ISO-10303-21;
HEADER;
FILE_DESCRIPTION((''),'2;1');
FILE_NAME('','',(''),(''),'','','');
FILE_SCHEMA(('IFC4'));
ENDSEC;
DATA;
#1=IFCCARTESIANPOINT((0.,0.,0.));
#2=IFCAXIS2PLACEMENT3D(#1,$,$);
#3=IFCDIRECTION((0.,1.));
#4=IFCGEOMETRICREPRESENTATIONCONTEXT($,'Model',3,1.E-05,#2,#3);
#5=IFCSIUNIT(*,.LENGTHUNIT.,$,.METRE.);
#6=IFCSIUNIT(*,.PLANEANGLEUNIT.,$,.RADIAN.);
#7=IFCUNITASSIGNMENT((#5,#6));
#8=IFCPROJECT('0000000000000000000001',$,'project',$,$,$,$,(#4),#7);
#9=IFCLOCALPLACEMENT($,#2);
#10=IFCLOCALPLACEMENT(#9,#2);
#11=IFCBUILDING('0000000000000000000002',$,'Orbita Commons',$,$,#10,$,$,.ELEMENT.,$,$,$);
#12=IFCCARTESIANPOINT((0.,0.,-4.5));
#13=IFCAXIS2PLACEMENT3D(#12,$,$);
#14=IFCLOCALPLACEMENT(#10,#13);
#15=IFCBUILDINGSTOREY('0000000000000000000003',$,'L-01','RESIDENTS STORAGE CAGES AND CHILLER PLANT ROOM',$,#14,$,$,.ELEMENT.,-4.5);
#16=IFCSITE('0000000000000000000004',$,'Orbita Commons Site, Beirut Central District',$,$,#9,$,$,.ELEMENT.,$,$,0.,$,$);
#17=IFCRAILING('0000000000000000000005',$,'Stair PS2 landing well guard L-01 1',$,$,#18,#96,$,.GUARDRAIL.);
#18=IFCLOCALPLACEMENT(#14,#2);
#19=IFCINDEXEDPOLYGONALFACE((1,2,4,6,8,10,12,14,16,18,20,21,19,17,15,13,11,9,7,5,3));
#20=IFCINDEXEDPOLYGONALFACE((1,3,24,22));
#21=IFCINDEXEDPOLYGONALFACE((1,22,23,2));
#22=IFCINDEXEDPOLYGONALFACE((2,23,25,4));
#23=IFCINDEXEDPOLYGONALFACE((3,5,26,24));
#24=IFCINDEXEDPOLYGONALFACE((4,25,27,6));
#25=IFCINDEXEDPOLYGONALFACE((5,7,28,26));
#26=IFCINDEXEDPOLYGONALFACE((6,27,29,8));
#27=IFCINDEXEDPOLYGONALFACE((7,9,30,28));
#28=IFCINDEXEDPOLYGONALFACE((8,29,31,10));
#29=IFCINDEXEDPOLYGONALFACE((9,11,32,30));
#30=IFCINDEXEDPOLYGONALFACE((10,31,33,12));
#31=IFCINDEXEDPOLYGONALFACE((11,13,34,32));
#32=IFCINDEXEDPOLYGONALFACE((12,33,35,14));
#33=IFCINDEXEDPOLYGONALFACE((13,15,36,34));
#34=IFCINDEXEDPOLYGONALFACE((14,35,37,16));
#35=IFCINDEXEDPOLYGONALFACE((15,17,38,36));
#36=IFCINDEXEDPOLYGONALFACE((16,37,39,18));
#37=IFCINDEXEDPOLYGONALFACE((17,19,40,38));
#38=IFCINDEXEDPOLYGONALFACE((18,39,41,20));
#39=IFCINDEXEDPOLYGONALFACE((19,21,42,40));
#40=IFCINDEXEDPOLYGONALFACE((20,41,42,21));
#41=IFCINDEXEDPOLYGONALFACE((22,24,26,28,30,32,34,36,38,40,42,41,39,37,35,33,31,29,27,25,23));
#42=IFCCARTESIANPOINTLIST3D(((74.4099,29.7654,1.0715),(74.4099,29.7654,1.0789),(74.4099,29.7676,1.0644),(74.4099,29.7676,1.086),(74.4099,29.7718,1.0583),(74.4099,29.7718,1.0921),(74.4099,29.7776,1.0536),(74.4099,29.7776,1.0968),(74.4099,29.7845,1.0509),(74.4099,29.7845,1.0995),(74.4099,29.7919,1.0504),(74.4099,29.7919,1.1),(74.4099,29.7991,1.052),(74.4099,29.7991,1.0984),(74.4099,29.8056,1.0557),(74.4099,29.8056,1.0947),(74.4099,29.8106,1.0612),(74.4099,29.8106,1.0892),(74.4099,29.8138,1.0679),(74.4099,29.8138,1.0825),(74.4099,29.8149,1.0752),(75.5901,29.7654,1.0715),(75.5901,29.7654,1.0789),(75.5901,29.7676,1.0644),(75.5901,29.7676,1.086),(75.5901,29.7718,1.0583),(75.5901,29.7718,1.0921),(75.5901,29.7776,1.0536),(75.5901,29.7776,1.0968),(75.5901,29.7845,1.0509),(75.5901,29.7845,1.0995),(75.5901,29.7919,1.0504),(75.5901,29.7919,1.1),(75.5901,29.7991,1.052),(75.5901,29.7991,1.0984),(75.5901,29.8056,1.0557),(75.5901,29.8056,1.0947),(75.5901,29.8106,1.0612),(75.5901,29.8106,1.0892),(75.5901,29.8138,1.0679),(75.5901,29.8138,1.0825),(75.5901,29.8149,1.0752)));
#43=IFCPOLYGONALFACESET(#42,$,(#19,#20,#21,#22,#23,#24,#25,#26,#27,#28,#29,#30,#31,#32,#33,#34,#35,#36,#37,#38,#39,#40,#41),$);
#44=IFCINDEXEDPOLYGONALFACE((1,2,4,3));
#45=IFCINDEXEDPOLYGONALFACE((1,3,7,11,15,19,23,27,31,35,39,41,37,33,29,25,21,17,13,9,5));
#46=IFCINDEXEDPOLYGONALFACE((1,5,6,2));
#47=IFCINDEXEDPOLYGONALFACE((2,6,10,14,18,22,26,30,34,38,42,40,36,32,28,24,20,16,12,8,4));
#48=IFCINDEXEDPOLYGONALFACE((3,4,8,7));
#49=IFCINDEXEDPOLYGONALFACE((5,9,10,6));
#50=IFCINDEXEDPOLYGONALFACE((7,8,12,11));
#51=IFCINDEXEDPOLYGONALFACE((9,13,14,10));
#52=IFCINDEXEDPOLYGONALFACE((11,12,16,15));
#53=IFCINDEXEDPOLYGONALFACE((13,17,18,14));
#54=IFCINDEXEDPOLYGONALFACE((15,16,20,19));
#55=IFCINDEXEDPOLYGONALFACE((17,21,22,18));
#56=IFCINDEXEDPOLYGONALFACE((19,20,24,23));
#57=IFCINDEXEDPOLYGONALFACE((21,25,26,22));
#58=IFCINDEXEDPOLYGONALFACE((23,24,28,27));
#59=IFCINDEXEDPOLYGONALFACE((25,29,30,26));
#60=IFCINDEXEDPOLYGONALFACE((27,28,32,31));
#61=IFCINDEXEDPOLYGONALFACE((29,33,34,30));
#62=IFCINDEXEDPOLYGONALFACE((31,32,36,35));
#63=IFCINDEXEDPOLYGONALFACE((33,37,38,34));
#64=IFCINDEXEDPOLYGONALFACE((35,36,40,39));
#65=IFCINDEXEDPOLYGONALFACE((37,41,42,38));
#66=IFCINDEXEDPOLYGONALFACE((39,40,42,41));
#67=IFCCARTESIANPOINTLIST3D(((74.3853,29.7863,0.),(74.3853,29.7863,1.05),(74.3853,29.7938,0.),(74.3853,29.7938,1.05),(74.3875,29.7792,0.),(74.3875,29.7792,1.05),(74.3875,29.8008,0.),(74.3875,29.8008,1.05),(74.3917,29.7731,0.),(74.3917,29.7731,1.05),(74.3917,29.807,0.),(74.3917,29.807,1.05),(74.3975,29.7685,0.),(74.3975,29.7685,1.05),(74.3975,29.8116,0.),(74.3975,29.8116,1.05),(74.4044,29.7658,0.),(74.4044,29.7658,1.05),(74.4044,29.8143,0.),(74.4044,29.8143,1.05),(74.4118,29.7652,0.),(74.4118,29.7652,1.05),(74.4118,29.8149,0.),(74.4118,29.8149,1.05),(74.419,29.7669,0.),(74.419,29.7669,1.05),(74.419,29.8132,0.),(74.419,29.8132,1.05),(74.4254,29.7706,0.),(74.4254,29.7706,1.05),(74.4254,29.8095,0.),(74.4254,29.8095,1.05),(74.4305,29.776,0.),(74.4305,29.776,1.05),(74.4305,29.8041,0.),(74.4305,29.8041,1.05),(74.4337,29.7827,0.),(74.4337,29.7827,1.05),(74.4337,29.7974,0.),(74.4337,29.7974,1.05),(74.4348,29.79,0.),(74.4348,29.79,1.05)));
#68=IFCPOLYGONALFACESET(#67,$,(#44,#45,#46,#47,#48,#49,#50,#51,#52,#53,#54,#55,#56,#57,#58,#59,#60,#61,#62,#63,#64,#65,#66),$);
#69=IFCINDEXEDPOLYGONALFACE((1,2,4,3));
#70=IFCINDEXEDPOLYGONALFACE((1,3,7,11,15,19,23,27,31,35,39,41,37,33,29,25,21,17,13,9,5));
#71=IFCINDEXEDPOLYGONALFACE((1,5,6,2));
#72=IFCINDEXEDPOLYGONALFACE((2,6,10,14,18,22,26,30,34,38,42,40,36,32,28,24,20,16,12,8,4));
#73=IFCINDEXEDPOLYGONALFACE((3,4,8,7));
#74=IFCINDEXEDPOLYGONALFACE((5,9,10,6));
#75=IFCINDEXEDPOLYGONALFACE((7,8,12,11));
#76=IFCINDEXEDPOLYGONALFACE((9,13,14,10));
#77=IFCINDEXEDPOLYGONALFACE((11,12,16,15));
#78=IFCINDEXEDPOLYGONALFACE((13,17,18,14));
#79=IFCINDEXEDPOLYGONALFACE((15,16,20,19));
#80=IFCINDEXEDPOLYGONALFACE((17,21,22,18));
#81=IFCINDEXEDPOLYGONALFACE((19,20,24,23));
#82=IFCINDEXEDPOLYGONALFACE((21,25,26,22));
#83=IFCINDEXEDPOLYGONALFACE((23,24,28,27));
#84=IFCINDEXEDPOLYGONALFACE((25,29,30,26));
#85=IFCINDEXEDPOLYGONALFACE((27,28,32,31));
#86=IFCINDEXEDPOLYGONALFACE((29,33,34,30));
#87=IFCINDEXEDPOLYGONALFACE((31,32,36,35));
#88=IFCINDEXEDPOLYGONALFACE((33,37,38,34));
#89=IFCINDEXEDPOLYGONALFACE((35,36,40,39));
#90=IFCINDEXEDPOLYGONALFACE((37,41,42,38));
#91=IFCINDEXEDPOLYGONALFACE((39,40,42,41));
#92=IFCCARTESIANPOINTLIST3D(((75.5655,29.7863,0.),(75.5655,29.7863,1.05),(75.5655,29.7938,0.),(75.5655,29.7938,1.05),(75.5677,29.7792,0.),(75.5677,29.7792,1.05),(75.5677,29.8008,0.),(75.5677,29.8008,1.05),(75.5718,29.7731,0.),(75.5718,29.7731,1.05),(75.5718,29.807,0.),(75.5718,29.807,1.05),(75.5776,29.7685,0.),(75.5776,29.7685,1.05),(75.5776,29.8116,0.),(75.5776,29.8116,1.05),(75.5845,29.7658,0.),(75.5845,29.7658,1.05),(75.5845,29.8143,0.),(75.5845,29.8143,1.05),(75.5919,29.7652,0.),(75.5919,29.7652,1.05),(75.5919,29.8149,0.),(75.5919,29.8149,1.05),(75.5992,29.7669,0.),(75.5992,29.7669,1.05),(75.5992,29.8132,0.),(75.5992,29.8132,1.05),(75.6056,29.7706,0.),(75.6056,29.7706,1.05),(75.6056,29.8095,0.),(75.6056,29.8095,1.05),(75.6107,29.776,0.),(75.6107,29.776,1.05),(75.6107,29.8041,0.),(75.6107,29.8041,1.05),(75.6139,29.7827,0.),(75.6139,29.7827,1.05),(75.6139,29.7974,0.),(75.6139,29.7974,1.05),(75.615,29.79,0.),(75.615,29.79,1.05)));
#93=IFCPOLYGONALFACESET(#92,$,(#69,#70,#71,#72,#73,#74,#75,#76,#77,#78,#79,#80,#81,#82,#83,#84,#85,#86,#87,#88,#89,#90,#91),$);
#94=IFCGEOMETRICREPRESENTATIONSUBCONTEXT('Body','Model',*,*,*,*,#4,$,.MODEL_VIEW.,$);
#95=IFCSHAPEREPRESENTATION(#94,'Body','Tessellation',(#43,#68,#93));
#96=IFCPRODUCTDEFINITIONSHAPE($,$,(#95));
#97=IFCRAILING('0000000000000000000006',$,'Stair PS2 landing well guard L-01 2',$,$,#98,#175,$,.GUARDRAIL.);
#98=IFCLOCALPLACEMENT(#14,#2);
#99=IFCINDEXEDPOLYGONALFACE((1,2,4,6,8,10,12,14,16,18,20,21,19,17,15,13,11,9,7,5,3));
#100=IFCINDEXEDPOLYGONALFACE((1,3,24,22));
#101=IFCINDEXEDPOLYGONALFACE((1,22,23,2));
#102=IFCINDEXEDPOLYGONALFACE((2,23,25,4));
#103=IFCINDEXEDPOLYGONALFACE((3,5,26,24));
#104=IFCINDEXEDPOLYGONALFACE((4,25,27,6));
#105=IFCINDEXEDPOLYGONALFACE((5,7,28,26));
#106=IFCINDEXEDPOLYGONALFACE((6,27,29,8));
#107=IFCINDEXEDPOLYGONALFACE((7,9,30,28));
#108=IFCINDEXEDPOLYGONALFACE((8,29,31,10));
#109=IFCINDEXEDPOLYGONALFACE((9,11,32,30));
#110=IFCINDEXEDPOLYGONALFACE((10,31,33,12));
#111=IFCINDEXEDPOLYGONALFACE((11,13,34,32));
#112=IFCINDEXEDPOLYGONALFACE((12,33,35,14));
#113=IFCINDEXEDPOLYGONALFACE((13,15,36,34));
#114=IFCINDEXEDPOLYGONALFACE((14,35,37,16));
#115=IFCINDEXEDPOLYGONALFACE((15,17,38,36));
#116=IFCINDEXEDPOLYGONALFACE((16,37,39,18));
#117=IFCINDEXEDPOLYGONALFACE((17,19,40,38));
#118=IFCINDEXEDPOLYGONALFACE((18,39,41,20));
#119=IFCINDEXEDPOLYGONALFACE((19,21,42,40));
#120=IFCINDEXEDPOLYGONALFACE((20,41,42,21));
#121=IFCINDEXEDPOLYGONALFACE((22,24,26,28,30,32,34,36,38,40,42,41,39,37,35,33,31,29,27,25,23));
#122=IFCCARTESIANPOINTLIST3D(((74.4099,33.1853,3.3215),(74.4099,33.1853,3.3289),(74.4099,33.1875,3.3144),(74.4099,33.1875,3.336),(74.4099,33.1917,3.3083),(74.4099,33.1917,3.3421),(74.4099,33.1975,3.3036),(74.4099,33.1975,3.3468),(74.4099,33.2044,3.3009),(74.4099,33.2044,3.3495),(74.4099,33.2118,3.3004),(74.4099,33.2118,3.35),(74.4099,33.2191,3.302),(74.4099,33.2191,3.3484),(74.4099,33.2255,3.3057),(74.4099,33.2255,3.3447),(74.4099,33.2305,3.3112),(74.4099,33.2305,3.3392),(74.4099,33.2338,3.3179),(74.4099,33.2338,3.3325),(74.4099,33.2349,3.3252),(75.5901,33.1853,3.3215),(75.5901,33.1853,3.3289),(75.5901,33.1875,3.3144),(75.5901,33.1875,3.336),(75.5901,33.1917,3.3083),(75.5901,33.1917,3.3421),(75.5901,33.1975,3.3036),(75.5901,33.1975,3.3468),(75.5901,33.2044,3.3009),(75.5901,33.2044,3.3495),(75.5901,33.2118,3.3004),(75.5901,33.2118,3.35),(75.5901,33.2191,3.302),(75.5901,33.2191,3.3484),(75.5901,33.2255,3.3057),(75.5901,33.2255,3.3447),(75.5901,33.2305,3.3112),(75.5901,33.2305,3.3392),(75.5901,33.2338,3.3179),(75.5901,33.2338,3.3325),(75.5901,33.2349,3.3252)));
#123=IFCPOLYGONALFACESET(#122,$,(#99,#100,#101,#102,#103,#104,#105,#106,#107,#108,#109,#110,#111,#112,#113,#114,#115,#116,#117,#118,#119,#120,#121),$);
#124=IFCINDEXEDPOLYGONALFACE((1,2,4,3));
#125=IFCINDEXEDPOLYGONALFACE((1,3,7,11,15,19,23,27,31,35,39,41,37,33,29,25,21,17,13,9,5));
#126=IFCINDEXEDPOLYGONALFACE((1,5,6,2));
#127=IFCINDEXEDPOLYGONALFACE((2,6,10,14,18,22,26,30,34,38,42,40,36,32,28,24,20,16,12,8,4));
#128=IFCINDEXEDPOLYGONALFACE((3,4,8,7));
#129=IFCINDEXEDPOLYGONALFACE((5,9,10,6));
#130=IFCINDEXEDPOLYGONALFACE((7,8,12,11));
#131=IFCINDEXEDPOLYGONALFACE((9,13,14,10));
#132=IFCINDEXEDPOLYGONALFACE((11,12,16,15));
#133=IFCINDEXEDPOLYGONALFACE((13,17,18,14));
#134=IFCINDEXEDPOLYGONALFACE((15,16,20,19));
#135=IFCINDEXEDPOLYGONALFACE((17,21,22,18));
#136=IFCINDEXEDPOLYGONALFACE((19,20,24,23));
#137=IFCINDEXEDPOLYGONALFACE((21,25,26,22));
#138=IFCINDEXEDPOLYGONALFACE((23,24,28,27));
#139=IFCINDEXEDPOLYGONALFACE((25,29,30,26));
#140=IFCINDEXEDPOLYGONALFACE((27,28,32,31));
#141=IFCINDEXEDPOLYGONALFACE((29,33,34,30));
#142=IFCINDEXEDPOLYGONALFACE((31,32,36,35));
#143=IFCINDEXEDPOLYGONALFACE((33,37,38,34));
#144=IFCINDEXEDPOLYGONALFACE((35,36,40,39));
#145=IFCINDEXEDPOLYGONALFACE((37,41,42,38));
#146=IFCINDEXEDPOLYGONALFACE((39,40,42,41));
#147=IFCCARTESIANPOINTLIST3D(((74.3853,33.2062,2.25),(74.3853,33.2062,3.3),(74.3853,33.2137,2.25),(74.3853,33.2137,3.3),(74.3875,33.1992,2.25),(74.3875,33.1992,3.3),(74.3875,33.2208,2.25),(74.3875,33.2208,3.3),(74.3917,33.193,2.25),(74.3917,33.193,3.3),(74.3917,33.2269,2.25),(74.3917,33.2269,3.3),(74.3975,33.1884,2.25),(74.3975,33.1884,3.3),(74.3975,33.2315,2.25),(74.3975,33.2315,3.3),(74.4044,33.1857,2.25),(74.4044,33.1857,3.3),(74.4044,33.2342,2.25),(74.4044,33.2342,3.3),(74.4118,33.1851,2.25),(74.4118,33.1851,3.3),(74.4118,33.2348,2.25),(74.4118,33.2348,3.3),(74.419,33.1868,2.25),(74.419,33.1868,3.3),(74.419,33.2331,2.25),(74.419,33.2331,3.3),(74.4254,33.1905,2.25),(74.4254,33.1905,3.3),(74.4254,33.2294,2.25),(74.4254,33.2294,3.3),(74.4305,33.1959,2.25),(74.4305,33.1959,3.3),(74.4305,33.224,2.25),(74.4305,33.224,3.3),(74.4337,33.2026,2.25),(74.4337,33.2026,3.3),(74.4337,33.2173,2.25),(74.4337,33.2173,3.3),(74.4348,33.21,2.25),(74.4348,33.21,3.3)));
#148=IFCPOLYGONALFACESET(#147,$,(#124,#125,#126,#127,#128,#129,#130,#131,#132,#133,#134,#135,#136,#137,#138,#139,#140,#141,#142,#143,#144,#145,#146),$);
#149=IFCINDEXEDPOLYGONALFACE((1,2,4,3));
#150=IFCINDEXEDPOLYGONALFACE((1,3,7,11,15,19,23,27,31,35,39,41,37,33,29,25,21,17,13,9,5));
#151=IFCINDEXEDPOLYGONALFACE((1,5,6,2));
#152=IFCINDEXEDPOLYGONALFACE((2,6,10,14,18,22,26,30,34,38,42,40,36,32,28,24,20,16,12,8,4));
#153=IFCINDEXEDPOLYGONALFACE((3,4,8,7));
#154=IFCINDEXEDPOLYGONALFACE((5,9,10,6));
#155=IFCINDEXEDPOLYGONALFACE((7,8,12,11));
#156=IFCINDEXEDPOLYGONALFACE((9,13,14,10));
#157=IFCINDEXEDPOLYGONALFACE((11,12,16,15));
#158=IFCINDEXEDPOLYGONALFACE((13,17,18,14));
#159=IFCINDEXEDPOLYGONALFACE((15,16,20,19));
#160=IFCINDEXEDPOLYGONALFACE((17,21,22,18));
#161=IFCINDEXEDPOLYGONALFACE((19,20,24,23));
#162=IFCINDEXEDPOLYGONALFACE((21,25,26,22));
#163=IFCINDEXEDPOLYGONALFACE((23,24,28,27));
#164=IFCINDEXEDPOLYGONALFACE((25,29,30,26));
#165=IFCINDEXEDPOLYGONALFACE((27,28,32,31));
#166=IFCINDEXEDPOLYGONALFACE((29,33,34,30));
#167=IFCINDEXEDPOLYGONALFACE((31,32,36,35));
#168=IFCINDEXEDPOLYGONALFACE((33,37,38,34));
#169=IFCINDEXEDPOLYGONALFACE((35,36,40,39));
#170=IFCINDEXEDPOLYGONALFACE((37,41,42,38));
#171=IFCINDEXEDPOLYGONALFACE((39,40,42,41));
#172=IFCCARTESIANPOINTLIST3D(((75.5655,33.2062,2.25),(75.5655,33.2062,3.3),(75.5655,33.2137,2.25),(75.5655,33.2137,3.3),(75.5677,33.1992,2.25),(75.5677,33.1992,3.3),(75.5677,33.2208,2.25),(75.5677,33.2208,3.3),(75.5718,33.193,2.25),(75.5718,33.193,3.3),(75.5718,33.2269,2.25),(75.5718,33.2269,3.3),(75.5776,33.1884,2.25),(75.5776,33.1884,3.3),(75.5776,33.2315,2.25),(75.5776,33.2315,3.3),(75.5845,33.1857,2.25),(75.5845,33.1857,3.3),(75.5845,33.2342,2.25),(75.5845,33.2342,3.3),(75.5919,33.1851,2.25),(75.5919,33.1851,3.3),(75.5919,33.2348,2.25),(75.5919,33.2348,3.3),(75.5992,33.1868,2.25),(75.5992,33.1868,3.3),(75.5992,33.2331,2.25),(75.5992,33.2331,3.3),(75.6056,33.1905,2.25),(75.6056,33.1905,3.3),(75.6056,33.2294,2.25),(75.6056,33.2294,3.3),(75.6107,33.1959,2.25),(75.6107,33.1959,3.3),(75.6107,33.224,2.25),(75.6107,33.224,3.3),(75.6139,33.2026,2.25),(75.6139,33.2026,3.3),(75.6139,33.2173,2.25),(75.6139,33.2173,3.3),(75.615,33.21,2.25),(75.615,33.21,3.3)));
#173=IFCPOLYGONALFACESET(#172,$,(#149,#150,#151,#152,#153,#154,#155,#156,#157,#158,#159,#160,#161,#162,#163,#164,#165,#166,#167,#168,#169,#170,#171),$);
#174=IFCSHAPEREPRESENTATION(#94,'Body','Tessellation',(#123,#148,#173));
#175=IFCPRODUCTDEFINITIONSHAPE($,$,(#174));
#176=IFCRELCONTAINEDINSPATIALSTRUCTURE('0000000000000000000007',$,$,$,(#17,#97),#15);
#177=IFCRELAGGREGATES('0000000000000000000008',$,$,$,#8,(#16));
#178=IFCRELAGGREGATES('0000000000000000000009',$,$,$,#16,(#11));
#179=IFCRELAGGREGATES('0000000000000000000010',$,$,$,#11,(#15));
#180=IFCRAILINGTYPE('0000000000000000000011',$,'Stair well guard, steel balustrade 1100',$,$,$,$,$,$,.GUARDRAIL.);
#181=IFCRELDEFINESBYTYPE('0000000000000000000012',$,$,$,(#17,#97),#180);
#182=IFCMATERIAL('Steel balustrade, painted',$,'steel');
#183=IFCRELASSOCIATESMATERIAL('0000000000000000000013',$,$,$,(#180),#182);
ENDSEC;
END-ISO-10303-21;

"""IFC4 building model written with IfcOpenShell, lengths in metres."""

from ifc_helpers import new_model, si_unit, direction, frame, origin, origin_2d, place, context, subcontext, project, spatial, circle, extrude, material, type_object, element, save


model = new_model("IFC4")

# Units and contexts
model_context = context("Model", 3, precision=1e-05, world=origin(), true_north=direction((0.0, 1.0)))
body_context = subcontext(model_context, "Body", "Model", "MODEL_VIEW")
ifc_project = project(units=[si_unit("LENGTHUNIT", "METRE"), si_unit("PLANEANGLEUNIT", "RADIAN")], contexts=[model_context])

# Site, building, storey
site_placement = place(None, origin())
site = spatial("IfcSite", under=ifc_project, at=site_placement, Name="Orbita Commons Site, Beirut Central District", CompositionType="ELEMENT", RefElevation=0.0)
building_placement = place(site_placement, origin())
building = spatial("IfcBuilding", under=site, at=building_placement, Name="Orbita Commons", CompositionType="ELEMENT")
storey_placement = place(building_placement, frame((0.0, 0.0, -4.5)))
storey = spatial("IfcBuildingStorey", under=building, at=storey_placement, Name="L-01", Description="RESIDENTS STORAGE CAGES AND CHILLER PLANT ROOM", CompositionType="ELEMENT", Elevation=-4.5)

# Railings
ifc_material_1 = material(Name="Steel balustrade, painted", Category="steel")
railing_type_1 = type_object("IfcRailingType", Name="Stair well guard, steel balustrade 1100", PredefinedType="GUARDRAIL", material=ifc_material_1)
for number, where, name in (
    (1, (74.4099, 29.79, 0.0), "Stair PS2 landing well guard L-01 1"),
    (2, (74.4099, 33.21, 2.25), "Stair PS2 landing well guard L-01 2"),
):
    element("IfcRailing", number, at=place(storey_placement, frame(where)), inside=storey, type_object=railing_type_1, Name=name, PredefinedType="GUARDRAIL", context=body_context, shape_type="SweptSolid", body=[
        extrude(circle(Radius=0.0249, at=origin_2d()), frame((0.0, 0.0, 1.0752), z_axis=(1.0, 0.0, 0.0), x_axis=(0.0, 1.0, 0.0)), (0.0, 0.0, 1.0), 1.1802),
        extrude(circle(Radius=0.0249, at=origin_2d()), origin(), (0.0, 0.0, 1.0), 1.05),
        extrude(circle(Radius=0.0249, at=origin_2d()), frame((1.1802, 0.0, 0.0)), (0.0, 0.0, 1.0), 1.05),
    ])

save(model, "model.ifc")
